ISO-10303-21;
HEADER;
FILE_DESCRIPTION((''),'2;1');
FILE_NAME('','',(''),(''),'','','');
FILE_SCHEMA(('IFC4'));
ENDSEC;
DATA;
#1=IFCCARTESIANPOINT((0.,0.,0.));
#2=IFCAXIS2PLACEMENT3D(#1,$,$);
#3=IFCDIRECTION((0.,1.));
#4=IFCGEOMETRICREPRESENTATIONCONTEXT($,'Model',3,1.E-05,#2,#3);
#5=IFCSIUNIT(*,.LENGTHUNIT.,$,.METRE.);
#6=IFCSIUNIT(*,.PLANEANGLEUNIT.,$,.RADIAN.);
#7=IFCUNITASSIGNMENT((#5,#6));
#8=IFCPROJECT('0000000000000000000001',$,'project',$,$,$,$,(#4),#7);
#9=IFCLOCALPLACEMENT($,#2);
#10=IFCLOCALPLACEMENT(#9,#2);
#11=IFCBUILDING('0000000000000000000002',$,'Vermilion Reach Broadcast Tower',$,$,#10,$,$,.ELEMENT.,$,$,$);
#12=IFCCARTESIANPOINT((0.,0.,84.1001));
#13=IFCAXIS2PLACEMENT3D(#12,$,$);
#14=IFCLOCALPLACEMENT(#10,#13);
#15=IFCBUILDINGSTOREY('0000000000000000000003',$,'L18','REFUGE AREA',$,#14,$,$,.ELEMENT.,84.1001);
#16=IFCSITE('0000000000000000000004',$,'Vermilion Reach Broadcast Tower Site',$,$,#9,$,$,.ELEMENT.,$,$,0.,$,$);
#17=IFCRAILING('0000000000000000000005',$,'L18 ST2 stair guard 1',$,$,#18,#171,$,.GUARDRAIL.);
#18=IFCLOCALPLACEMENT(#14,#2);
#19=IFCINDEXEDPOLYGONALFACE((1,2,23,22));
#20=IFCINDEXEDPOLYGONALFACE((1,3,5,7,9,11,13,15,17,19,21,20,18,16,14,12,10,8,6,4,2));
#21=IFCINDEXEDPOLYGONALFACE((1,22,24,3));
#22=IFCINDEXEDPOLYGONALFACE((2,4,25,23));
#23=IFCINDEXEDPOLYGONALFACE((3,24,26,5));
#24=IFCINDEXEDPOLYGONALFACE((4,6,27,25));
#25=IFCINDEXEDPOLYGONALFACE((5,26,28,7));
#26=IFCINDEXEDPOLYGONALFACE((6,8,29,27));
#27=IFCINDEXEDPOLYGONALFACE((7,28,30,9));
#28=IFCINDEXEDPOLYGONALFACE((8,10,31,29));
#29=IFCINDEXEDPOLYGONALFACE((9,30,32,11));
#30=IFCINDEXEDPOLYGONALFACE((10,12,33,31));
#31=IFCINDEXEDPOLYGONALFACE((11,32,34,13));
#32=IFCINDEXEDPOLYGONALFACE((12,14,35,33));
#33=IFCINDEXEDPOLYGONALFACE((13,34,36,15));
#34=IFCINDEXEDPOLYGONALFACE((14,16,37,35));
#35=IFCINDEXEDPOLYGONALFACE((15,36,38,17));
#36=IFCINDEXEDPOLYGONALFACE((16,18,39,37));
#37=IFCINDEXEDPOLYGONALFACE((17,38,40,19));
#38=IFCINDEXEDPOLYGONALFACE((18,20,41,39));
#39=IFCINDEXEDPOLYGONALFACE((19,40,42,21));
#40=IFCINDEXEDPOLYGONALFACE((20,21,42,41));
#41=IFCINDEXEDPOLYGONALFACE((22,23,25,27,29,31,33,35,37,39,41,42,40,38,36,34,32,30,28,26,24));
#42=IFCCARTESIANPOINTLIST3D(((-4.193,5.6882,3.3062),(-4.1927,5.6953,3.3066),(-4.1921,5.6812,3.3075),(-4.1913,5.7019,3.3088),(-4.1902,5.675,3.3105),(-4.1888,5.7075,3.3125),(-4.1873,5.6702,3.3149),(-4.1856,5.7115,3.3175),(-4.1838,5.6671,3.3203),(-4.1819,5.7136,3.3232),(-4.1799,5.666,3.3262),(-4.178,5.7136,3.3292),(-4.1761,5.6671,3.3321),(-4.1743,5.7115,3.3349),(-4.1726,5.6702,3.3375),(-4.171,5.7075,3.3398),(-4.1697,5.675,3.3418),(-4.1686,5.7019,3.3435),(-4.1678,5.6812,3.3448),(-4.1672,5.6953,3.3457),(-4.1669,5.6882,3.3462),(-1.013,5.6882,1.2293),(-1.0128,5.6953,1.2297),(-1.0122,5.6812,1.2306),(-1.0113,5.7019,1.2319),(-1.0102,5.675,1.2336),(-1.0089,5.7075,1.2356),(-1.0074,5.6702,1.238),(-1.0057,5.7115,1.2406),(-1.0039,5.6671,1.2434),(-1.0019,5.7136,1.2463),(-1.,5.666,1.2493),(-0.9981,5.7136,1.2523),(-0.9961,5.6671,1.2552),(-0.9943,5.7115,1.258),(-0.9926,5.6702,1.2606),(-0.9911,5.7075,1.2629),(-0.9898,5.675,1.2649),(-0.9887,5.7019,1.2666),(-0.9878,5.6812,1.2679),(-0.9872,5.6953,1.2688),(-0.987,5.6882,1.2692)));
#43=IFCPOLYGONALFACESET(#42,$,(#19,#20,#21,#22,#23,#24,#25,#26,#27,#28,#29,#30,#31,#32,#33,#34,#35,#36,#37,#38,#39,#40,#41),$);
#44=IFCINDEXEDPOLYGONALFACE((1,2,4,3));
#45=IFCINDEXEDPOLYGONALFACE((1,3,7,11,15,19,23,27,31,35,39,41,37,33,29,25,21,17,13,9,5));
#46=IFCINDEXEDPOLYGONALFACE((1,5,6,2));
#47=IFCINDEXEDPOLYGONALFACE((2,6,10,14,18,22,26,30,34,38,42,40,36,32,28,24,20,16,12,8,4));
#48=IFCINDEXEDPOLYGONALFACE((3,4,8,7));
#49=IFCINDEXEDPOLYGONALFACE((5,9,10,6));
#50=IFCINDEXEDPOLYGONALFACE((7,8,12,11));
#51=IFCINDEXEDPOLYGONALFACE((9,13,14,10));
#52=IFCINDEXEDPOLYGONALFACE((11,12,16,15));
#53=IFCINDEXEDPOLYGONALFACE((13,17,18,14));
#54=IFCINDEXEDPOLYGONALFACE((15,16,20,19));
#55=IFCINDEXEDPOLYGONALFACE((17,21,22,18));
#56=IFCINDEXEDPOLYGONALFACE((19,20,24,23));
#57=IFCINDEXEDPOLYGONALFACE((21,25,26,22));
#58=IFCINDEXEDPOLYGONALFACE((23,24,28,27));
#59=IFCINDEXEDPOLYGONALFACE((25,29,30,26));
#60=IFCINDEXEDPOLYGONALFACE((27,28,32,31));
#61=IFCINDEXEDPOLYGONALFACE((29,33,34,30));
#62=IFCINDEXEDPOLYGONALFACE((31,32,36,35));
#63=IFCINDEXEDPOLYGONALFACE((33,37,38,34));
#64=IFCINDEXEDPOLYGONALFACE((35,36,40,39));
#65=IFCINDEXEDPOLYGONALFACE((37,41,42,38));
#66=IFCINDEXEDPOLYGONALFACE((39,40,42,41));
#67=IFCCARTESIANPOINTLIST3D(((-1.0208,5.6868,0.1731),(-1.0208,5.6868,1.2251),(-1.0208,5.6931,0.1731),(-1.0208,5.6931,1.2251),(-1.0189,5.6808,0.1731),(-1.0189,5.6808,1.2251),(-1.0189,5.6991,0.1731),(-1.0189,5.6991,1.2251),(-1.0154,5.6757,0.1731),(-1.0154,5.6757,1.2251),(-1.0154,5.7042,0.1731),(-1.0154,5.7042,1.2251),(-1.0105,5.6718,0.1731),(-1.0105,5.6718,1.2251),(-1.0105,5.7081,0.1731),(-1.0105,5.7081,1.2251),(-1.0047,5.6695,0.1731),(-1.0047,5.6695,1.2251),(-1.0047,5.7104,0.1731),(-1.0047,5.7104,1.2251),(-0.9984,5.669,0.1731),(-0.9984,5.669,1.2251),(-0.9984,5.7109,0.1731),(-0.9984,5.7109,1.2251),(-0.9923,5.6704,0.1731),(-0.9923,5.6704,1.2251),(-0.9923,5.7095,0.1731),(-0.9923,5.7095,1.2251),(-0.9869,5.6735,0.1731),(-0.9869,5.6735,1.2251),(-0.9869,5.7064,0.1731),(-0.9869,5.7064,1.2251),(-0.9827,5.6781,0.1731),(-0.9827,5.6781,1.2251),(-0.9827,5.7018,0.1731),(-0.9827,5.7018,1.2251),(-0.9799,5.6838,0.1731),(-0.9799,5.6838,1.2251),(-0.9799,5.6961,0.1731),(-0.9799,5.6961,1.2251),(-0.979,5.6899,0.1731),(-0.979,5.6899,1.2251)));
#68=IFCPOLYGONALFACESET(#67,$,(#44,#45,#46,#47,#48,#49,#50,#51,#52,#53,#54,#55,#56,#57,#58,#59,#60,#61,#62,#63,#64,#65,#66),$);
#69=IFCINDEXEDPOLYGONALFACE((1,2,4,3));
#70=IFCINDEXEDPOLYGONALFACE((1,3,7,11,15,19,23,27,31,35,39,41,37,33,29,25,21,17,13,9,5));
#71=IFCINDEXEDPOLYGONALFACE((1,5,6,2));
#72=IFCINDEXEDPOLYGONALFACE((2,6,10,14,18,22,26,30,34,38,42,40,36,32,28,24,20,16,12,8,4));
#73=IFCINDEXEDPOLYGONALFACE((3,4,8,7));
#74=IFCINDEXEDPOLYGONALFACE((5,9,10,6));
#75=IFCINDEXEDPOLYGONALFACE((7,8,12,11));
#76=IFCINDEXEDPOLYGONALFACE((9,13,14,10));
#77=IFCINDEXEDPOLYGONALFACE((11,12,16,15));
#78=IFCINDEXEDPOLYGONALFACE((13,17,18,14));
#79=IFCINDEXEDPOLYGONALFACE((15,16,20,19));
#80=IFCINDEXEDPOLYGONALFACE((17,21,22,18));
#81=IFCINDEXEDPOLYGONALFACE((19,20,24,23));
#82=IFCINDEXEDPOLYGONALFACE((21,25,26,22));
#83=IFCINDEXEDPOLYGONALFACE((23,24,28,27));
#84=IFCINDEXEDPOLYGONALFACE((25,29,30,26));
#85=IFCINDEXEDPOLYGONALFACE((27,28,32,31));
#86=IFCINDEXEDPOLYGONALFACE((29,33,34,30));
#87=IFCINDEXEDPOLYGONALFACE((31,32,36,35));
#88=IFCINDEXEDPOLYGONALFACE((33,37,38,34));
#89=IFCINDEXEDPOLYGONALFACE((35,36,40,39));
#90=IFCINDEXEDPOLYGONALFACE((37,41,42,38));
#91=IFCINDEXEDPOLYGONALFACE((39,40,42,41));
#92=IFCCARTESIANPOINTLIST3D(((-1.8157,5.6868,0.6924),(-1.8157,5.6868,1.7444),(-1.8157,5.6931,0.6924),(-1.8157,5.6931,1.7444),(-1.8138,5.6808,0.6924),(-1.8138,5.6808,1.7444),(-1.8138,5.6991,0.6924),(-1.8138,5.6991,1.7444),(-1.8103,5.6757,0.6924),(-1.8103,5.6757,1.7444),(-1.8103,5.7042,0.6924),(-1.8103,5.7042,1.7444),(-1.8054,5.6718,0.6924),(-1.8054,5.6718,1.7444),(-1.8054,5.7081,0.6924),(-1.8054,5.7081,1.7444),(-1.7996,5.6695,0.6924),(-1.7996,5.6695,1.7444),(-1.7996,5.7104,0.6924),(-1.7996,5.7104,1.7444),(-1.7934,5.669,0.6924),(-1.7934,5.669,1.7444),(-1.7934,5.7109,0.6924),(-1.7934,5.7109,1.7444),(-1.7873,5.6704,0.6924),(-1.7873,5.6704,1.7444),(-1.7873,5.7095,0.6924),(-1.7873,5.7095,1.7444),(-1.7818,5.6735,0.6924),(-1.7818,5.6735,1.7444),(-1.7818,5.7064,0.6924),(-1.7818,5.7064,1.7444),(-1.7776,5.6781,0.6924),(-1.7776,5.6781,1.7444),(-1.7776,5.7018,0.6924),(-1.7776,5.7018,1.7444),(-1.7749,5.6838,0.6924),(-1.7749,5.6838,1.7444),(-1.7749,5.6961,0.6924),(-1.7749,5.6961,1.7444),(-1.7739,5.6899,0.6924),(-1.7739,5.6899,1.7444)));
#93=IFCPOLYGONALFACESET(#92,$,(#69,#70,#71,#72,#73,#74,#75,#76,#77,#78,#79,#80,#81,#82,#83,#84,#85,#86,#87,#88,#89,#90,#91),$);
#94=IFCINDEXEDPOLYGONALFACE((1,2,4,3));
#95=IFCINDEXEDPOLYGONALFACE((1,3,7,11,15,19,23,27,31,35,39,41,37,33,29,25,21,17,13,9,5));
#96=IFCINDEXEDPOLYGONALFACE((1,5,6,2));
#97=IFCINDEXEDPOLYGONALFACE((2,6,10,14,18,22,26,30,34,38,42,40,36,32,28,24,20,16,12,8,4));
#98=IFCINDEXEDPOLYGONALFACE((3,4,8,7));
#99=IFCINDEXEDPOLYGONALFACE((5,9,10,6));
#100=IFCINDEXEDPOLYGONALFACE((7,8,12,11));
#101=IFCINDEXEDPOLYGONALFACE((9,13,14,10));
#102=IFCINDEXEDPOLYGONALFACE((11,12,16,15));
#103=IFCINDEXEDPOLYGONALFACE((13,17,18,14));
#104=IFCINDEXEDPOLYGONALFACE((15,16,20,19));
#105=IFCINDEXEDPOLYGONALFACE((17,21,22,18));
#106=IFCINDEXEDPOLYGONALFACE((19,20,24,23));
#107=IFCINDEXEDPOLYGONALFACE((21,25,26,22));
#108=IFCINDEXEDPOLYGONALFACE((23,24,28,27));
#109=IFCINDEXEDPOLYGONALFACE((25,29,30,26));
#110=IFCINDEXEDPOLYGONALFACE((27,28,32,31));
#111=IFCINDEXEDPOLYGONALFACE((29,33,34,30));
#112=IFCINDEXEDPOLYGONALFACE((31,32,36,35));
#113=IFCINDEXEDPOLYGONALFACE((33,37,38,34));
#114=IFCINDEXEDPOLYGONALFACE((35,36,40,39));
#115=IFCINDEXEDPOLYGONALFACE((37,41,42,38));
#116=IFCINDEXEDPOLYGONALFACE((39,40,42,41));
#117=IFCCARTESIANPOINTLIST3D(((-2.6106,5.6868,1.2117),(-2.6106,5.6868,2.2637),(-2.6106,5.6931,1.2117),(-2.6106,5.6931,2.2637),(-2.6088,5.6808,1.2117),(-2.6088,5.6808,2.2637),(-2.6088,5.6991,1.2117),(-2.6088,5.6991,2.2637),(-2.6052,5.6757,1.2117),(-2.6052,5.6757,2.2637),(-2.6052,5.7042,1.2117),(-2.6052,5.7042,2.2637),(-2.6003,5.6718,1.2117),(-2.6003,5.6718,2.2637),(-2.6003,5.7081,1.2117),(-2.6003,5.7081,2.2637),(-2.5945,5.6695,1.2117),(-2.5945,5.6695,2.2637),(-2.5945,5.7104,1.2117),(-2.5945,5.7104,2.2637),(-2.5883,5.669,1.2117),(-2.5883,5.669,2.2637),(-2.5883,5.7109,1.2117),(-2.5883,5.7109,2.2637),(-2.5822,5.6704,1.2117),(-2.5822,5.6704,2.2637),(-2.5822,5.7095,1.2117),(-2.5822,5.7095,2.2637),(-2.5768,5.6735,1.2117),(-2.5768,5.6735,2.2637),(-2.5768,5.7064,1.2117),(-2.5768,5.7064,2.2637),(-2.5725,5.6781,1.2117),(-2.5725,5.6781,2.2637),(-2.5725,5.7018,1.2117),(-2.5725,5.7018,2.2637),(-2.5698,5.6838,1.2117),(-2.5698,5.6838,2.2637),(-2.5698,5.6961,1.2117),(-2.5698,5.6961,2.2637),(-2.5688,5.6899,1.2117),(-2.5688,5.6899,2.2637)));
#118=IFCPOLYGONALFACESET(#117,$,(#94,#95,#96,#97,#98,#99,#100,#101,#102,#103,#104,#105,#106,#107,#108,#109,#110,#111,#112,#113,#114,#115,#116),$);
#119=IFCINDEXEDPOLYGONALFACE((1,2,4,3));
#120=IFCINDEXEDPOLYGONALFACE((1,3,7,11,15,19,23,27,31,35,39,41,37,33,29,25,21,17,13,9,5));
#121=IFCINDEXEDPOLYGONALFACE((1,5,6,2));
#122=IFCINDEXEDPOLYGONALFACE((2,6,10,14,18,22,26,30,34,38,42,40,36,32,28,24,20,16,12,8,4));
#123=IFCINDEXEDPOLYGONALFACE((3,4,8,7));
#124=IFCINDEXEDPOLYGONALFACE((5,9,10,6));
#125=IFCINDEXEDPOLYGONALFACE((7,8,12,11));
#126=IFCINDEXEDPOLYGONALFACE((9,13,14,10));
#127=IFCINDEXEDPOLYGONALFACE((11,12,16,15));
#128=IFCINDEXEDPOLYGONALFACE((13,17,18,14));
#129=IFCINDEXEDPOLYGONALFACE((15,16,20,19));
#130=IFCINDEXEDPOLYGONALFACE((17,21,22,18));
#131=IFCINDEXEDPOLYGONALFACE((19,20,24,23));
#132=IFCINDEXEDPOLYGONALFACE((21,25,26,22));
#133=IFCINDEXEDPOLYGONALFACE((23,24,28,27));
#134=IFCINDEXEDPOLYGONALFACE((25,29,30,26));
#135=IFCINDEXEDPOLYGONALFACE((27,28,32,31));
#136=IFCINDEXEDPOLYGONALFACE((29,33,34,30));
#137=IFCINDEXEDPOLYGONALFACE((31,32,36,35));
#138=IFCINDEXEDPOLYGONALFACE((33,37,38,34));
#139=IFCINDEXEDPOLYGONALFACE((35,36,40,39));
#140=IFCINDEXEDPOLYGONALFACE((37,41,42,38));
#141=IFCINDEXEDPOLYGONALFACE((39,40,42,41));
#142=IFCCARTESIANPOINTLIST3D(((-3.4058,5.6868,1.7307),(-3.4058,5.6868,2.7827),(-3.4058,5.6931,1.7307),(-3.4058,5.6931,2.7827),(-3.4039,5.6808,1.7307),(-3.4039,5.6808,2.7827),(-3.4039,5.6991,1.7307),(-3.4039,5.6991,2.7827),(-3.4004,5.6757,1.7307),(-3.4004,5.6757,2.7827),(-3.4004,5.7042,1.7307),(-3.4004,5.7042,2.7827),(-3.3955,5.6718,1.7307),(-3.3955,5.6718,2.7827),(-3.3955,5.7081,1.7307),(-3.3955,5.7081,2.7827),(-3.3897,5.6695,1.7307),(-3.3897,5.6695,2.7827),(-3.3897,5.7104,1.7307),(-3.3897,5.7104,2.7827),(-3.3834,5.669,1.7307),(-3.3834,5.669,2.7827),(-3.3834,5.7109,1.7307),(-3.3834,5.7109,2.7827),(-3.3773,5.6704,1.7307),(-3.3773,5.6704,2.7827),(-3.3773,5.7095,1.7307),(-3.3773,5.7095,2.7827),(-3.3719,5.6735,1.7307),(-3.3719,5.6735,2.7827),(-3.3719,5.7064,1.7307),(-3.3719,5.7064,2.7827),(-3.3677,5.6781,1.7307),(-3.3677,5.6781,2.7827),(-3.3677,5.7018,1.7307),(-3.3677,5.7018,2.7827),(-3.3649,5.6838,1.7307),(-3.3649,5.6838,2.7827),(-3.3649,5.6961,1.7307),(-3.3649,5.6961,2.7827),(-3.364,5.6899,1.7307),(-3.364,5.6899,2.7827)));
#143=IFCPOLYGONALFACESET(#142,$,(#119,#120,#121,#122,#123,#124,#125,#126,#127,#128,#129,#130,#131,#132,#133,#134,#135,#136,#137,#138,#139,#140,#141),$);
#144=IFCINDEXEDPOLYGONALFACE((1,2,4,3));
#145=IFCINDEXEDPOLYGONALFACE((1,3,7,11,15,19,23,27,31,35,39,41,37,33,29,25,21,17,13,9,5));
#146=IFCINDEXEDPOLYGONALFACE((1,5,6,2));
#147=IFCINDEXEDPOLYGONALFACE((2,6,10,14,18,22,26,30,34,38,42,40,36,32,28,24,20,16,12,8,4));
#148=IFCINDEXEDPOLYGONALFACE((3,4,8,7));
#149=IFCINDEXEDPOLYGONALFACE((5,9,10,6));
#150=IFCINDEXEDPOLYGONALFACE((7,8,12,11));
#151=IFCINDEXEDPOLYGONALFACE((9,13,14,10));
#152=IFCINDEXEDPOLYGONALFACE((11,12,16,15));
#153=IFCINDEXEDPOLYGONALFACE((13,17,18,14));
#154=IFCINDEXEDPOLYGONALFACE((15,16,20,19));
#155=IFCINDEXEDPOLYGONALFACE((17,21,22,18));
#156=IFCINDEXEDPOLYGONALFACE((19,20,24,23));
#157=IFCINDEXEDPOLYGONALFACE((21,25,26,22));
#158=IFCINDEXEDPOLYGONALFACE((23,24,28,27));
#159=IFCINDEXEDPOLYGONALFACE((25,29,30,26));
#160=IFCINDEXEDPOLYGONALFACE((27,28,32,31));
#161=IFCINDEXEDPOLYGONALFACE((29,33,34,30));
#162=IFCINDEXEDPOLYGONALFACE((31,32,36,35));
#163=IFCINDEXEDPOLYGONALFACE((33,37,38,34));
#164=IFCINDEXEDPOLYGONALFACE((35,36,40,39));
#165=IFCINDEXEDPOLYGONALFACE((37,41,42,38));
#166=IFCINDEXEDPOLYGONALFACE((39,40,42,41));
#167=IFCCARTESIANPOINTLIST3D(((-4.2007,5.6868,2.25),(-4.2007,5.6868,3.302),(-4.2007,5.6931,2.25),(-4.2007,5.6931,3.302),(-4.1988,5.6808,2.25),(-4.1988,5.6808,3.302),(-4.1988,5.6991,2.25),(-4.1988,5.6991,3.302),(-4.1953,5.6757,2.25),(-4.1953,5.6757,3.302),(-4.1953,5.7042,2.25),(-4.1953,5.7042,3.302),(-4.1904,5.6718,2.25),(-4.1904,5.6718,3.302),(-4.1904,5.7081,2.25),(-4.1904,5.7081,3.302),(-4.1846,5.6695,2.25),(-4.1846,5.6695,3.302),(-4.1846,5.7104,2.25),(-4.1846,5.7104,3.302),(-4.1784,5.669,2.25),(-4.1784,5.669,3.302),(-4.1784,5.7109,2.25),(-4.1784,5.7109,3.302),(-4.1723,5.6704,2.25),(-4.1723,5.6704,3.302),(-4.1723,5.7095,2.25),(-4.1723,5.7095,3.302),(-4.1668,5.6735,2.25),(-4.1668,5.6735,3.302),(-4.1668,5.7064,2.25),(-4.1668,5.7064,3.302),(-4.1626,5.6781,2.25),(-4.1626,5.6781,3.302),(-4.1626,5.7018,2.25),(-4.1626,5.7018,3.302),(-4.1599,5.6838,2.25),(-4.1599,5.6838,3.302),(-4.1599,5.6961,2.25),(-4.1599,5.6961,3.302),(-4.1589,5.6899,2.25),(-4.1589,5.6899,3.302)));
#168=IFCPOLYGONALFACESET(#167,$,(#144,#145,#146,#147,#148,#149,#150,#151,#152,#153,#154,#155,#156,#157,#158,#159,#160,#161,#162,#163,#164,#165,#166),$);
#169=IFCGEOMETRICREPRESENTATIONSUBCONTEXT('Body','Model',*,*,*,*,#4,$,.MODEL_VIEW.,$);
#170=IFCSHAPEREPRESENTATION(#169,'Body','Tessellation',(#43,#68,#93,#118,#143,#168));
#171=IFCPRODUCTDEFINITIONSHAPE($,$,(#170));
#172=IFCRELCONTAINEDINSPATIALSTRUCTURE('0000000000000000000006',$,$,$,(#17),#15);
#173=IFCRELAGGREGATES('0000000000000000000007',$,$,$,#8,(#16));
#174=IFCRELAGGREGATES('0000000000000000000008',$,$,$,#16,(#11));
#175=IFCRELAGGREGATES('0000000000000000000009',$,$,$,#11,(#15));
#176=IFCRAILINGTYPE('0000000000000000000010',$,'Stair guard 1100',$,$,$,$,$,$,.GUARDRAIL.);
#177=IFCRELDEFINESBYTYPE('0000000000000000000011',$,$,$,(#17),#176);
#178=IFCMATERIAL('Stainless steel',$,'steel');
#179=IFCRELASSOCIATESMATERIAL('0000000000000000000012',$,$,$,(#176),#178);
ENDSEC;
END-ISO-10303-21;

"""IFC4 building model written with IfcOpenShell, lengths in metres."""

from ifc_helpers import new_model, si_unit, direction, frame, origin, origin_2d, place, context, subcontext, project, spatial, circle, extrude, material, type_object, element, save


model = new_model("IFC4")

# Units and contexts
model_context = context("Model", 3, precision=1e-05, world=origin(), true_north=direction((0.0, 1.0)))
body_context = subcontext(model_context, "Body", "Model", "MODEL_VIEW")
ifc_project = project(units=[si_unit("LENGTHUNIT", "METRE"), si_unit("PLANEANGLEUNIT", "RADIAN")], contexts=[model_context])

# Site, building, storey
site_placement = place(None, origin())
site = spatial("IfcSite", under=ifc_project, at=site_placement, Name="Vermilion Reach Broadcast Tower Site", CompositionType="ELEMENT", RefElevation=0.0)
building_placement = place(site_placement, origin())
building = spatial("IfcBuilding", under=site, at=building_placement, Name="Vermilion Reach Broadcast Tower", CompositionType="ELEMENT")
storey_placement = place(building_placement, frame((0.0, 0.0, 84.1001)))
storey = spatial("IfcBuildingStorey", under=building, at=storey_placement, Name="L18", Description="REFUGE AREA", CompositionType="ELEMENT", Elevation=84.1001)

# Railing
ifc_material_1 = material(Name="Stainless steel", Category="steel")
railing_type_1 = type_object("IfcRailingType", Name="Stair guard 1100", PredefinedType="GUARDRAIL", material=ifc_material_1)
railing_1_placement = place(storey_placement, frame((-1.0, 5.6899, 0.1731)))
element("IfcRailing", 1, at=railing_1_placement, inside=storey, type_object=railing_type_1, Name="L18 ST2 stair guard 1", PredefinedType="GUARDRAIL", context=body_context, shape_type="SweptSolid", body=[
    extrude(circle(Radius=0.0239, at=origin_2d()), frame((0.0, 0.0, 1.0762), z_axis=(-0.837245, 0.0, 0.546828), x_axis=(0.0, -1.0, 0.0)), (0.0, 0.0, 1.0), 3.7981),
    extrude(circle(Radius=0.021, at=origin_2d()), origin(), (0.0, 0.0, 1.0), 1.052),
    extrude(circle(Radius=0.021, at=origin_2d()), frame((-0.7949, 0.0, 0.5193)), (0.0, 0.0, 1.0), 1.052),
    extrude(circle(Radius=0.021, at=origin_2d()), frame((-1.5898, 0.0, 1.0386)), (0.0, 0.0, 1.0), 1.052),
    extrude(circle(Radius=0.021, at=origin_2d()), frame((-2.385, 0.0, 1.5576)), (0.0, 0.0, 1.0), 1.052),
    extrude(circle(Radius=0.021, at=origin_2d()), frame((-3.1799, 0.0, 2.0769)), (0.0, 0.0, 1.0), 1.052),
])

save(model, "model.ifc")
